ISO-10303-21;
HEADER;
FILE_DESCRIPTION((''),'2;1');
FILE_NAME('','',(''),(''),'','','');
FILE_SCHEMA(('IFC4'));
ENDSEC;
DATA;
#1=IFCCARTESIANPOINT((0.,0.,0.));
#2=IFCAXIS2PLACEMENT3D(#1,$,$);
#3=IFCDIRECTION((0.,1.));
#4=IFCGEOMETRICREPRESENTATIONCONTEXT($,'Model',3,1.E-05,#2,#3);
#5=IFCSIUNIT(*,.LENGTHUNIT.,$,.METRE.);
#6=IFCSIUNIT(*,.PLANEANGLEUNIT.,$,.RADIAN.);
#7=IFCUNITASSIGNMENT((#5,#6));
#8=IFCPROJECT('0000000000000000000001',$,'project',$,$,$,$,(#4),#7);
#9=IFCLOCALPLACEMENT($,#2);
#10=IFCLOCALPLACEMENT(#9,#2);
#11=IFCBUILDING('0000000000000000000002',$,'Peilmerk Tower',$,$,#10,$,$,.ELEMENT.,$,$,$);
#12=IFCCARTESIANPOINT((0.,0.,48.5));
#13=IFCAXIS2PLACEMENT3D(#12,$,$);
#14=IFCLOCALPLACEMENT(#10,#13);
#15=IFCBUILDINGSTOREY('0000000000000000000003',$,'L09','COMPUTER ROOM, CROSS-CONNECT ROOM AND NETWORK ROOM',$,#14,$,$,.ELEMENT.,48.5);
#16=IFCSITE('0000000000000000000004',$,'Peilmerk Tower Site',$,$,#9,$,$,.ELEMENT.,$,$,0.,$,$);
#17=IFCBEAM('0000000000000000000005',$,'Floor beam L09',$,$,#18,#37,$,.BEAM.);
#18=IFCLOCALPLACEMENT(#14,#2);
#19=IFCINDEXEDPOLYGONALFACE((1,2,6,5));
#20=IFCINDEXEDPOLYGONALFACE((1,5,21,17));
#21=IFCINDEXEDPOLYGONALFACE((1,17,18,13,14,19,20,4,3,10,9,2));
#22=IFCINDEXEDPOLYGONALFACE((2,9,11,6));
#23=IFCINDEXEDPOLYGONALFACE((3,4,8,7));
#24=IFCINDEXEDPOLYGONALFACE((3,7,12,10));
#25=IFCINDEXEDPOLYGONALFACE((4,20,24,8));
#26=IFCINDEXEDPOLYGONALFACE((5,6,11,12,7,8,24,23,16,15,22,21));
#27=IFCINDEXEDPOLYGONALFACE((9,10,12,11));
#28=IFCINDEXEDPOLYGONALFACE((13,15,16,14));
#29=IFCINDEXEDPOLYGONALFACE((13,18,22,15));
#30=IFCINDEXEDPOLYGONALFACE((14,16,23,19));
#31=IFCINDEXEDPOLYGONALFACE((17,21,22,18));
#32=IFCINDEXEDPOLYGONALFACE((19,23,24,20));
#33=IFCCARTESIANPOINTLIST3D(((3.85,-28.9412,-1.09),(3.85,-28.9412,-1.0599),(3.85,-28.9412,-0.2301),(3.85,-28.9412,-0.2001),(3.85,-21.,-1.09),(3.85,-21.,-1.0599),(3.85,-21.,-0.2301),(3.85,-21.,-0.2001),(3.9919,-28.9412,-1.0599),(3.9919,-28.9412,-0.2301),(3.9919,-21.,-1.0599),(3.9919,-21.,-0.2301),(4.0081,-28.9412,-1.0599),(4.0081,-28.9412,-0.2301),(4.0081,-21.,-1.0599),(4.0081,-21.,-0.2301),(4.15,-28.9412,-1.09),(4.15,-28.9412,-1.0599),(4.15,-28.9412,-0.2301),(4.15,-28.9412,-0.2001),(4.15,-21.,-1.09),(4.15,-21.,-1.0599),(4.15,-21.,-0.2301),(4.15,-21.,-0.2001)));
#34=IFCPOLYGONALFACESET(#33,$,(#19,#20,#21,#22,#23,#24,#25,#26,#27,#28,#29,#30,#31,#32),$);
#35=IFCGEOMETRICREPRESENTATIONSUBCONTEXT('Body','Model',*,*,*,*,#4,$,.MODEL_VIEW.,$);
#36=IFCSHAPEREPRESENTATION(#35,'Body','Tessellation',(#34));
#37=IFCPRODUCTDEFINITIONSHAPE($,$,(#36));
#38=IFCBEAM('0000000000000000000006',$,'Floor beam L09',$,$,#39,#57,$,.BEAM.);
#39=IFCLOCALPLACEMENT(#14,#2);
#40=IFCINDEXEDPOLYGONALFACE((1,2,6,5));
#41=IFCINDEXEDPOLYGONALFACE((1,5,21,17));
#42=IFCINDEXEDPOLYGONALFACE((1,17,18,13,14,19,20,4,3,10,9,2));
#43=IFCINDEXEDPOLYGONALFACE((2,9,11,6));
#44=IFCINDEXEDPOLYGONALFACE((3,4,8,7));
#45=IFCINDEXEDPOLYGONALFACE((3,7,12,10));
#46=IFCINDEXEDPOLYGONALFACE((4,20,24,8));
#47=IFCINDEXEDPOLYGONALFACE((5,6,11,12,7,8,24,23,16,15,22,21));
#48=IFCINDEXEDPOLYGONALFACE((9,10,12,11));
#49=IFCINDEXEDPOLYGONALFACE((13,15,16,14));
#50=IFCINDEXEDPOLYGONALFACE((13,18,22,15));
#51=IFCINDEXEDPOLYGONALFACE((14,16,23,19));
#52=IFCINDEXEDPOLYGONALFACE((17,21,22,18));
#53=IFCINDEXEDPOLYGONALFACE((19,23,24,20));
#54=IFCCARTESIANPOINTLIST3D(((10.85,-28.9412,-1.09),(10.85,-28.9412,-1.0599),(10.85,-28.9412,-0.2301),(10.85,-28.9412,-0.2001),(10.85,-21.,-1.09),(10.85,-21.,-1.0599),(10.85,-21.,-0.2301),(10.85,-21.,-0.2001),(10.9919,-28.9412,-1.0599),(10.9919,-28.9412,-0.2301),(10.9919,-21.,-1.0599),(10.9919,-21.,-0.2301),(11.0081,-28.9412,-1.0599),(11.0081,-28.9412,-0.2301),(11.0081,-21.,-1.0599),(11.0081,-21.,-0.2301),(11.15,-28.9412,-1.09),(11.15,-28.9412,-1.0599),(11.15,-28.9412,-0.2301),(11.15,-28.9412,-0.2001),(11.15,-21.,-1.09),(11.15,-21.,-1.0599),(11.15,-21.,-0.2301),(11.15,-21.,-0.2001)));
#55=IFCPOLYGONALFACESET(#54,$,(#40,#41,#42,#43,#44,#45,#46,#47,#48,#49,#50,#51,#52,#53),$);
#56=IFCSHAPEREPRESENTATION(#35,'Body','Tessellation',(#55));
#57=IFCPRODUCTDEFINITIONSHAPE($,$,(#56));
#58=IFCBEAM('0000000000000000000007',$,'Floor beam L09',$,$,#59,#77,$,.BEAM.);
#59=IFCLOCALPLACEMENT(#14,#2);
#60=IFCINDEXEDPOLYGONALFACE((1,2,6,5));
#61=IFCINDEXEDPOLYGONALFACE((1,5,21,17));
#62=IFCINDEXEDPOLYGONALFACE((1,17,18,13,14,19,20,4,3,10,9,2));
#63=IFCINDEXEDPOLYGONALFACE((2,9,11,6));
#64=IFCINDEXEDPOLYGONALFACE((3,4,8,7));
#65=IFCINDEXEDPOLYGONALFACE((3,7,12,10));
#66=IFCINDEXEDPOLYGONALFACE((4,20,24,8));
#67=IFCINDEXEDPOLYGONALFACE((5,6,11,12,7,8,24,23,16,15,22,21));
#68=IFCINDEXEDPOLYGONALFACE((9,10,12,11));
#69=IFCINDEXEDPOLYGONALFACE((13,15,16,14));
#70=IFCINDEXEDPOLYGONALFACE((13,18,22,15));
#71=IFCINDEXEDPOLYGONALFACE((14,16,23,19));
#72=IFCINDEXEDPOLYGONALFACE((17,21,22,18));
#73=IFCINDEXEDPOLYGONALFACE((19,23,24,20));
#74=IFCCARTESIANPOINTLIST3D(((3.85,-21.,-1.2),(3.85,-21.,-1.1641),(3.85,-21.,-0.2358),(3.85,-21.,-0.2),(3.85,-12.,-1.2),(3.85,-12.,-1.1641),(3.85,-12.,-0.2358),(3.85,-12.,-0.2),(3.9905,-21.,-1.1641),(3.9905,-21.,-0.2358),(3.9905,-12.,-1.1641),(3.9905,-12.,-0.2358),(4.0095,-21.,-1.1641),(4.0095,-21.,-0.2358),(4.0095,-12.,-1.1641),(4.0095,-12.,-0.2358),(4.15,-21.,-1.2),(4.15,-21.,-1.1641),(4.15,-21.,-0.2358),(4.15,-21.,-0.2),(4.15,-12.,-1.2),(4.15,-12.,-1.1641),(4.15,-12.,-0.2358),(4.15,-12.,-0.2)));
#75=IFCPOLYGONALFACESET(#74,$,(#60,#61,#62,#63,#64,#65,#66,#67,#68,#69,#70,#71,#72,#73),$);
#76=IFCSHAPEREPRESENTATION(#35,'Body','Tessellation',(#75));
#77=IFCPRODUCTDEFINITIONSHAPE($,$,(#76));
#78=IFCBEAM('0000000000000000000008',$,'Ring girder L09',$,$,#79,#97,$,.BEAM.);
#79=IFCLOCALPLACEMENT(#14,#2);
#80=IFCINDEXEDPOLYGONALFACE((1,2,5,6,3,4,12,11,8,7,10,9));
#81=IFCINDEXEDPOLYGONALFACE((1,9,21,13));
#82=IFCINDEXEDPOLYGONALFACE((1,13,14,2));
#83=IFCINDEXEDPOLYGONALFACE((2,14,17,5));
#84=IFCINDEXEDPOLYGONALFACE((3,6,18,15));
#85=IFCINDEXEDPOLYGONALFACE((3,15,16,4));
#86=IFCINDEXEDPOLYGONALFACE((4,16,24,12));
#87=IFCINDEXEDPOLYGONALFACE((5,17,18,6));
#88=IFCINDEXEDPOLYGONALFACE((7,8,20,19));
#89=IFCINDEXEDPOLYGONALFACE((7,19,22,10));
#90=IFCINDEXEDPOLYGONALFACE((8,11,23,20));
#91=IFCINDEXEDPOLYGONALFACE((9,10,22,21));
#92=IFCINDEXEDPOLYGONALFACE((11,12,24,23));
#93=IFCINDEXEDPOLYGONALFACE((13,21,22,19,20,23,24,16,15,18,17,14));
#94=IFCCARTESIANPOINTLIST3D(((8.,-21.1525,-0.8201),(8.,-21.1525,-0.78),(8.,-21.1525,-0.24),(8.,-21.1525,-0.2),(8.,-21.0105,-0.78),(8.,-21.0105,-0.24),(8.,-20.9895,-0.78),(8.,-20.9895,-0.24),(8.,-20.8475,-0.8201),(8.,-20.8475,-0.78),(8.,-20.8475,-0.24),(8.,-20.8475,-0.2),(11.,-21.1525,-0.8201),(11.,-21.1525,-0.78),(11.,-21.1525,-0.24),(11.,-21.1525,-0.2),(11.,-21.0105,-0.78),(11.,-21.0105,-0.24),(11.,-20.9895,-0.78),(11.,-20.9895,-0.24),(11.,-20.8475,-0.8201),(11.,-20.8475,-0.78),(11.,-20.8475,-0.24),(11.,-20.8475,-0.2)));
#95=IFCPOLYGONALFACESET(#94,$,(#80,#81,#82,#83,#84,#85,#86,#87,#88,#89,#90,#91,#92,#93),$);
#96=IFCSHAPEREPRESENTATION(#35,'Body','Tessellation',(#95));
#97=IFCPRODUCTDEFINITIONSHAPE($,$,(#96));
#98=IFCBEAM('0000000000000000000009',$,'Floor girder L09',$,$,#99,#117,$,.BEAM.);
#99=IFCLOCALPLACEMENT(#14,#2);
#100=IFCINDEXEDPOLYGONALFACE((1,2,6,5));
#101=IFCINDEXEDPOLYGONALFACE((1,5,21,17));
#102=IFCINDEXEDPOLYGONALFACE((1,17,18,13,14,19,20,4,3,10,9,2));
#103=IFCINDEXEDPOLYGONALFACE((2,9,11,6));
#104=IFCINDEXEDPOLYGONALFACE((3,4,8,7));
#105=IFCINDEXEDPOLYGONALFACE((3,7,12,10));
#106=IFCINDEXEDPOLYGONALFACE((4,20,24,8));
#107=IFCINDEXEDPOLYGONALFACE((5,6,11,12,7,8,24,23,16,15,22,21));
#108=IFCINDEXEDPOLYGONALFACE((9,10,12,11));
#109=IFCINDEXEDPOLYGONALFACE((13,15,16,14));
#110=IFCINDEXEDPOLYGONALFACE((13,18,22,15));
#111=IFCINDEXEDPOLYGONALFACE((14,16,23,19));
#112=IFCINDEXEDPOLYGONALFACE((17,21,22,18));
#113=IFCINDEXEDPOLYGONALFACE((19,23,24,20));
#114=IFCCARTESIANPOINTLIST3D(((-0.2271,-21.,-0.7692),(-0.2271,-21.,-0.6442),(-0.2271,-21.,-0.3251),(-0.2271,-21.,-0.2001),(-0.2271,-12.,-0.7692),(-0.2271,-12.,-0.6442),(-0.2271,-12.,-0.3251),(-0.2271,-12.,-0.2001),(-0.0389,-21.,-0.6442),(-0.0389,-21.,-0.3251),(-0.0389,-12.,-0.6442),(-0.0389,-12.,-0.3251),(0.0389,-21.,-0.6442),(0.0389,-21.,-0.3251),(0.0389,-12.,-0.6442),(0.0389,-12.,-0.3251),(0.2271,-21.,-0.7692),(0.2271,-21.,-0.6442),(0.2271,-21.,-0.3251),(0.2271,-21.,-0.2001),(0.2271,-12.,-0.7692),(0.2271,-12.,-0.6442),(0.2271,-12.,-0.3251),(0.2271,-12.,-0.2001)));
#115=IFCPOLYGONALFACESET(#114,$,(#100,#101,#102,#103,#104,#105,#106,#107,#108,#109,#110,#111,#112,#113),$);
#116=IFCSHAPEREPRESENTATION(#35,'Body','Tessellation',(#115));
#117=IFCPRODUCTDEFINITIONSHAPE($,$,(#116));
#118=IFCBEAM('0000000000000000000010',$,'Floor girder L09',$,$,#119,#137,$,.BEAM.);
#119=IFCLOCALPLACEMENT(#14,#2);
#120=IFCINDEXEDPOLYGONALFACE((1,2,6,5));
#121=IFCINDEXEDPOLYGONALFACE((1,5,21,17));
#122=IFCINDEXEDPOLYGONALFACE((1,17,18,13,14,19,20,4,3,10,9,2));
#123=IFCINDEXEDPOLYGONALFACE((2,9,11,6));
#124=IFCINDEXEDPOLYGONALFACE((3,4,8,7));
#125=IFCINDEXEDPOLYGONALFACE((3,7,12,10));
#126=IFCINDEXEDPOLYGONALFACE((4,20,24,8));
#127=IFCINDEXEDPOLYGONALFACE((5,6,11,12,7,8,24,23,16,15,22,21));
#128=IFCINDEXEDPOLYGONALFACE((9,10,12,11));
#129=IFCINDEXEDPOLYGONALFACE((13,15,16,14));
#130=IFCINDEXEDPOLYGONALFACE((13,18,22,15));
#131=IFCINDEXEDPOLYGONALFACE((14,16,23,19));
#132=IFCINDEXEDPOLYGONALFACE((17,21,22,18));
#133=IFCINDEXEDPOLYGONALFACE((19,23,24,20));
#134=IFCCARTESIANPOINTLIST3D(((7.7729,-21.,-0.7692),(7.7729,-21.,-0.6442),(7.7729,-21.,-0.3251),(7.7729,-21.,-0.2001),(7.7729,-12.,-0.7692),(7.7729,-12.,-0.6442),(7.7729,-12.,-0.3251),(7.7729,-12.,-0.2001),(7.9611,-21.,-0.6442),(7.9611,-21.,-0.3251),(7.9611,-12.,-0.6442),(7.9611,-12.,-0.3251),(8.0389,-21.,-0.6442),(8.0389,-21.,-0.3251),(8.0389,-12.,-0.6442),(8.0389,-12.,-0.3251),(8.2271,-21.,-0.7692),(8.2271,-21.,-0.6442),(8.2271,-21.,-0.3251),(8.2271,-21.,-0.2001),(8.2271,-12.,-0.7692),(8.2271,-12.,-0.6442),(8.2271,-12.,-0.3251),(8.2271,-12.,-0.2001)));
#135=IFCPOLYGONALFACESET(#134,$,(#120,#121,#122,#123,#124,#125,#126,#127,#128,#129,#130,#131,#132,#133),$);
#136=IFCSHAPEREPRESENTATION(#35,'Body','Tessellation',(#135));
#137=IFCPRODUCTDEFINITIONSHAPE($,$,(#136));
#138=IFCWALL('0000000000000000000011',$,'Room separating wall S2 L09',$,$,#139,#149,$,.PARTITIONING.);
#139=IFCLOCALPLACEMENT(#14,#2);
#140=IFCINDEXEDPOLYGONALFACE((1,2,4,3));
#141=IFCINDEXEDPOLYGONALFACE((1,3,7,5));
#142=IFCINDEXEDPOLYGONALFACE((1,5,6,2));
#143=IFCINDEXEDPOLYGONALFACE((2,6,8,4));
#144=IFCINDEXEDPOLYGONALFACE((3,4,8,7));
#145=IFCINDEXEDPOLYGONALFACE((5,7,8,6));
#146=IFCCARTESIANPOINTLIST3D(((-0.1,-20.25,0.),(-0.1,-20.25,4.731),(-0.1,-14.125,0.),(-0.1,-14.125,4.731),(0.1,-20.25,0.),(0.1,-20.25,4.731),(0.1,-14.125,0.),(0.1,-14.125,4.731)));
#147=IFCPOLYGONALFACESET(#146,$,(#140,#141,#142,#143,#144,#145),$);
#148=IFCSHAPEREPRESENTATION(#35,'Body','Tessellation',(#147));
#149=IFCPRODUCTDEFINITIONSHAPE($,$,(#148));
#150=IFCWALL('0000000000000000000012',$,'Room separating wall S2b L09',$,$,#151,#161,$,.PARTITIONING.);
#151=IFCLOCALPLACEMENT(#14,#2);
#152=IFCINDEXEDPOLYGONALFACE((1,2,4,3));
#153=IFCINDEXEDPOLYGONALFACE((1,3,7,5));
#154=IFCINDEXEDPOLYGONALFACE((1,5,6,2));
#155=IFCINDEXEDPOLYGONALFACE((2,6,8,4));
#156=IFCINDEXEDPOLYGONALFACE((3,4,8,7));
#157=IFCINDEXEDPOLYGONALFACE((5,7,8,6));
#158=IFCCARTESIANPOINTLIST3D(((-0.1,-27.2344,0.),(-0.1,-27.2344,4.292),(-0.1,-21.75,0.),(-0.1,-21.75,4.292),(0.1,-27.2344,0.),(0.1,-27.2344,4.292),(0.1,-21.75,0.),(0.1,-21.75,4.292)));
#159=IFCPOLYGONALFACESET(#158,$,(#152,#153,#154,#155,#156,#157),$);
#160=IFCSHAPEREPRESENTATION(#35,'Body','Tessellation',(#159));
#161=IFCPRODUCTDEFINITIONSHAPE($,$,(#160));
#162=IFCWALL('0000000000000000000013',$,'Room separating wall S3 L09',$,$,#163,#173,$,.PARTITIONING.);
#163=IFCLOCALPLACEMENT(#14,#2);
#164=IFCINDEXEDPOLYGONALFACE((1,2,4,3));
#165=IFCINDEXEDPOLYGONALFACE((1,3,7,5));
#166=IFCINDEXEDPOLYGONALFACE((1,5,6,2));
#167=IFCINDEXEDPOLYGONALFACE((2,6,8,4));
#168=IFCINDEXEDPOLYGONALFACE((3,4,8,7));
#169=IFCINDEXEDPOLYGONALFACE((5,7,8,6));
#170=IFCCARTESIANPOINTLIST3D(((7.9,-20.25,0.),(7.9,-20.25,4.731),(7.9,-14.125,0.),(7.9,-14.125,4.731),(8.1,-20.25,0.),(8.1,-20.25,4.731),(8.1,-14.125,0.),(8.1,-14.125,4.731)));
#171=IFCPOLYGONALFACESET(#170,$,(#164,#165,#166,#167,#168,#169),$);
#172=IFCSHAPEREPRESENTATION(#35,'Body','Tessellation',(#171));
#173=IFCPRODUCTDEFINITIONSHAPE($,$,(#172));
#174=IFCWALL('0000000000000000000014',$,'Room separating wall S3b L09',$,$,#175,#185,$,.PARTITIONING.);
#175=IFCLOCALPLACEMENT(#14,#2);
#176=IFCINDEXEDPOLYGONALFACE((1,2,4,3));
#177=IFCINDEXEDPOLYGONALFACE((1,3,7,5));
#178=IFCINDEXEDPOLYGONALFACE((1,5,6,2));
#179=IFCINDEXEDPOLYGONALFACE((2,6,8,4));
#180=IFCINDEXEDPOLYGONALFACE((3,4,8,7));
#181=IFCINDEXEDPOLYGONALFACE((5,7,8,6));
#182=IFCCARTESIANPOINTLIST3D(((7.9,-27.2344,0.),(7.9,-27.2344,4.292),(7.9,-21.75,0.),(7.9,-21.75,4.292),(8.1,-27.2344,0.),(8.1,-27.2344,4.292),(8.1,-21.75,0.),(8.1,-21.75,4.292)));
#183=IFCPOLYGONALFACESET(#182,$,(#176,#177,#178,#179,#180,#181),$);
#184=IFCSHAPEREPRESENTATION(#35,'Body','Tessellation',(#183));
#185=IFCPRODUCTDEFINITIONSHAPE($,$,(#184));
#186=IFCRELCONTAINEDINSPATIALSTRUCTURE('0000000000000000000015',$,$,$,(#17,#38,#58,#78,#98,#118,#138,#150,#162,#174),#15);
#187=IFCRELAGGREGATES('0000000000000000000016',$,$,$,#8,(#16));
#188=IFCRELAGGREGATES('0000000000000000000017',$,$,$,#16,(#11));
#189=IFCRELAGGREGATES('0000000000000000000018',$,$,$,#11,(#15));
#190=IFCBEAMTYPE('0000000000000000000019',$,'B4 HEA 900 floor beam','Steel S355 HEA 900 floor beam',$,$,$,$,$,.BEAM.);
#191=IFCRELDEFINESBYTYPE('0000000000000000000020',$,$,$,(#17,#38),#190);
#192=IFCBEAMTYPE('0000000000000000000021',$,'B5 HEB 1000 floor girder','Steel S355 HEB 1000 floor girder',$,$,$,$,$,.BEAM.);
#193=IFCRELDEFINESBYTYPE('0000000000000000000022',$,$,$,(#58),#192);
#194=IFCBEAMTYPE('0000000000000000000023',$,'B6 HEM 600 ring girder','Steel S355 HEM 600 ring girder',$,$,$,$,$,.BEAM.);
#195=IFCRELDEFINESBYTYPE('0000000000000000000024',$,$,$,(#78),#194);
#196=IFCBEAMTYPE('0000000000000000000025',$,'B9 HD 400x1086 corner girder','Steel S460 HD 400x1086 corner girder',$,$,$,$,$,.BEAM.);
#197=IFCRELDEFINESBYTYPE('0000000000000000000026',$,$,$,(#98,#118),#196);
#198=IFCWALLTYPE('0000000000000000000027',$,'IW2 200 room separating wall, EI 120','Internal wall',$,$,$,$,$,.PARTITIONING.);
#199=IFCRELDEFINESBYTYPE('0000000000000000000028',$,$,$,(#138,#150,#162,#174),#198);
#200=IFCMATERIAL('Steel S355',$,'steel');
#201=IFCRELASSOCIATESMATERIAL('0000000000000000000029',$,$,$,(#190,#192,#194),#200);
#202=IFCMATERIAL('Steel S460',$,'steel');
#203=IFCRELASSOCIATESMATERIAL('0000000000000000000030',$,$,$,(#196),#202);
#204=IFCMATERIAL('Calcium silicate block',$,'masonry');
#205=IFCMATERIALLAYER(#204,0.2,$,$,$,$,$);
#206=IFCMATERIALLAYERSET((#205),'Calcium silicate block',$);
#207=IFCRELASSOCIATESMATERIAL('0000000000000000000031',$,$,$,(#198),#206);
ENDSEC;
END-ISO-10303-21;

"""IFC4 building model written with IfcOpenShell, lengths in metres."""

from ifc_helpers import new_model, si_unit, direction, frame, frame_2d, origin, origin_2d, place, context, subcontext, project, spatial, rectangle, i_section, extrude, material, layer, layer_set, material_profile, profile_set, type_object, element, save


model = new_model("IFC4")

# Units and contexts
model_context = context("Model", 3, precision=1e-05, world=origin(), true_north=direction((0.0, 1.0)))
body_context = subcontext(model_context, "Body", "Model", "MODEL_VIEW")
ifc_project = project(units=[si_unit("LENGTHUNIT", "METRE"), si_unit("PLANEANGLEUNIT", "RADIAN")], contexts=[model_context])

# Site, building, storey
site_placement = place(None, origin())
site = spatial("IfcSite", under=ifc_project, at=site_placement, Name="Peilmerk Tower Site", CompositionType="ELEMENT", RefElevation=0.0)
building_placement = place(site_placement, origin())
building = spatial("IfcBuilding", under=site, at=building_placement, Name="Peilmerk Tower", CompositionType="ELEMENT")
storey_placement = place(building_placement, frame((0.0, 0.0, 48.5)))
storey = spatial("IfcBuildingStorey", under=building, at=storey_placement, Name="L09", Description="COMPUTER ROOM, CROSS-CONNECT ROOM AND NETWORK ROOM", CompositionType="ELEMENT", Elevation=48.5)

# Beams
ifc_material_1 = material(Name="Steel S355", Category="steel")
ifc_material_profile_1 = material_profile(ifc_material_1, i_section(OverallWidth=0.3, OverallDepth=0.8899, WebThickness=0.0161, FlangeThickness=0.03, at=origin_2d()), Name="HEA 900")
ifc_profile_set_1 = profile_set([ifc_material_profile_1], Name="Steel S355")
beam_type_1 = type_object("IfcBeamType", Name="B4 HEA 900 floor beam", Description="Steel S355 HEA 900 floor beam", PredefinedType="BEAM", material=ifc_profile_set_1)
for number, where, z_axis, x_axis, name in (
    (1, (4.0, -21.0, -0.645), (0.0, -1.0, 0.0), (1.0, 0.0, 0.0), "Floor beam L09"),
    (2, (11.0, -21.0, -0.645), (0.0, -1.0, 0.0), (1.0, 0.0, 0.0), "Floor beam L09"),
):
    element("IfcBeam", number, at=place(storey_placement, frame(where, z_axis=z_axis, x_axis=x_axis)), inside=storey, type_object=beam_type_1, Name=name, PredefinedType="BEAM", context=body_context, shape_type="SweptSolid", body=[
        extrude(i_section(OverallWidth=0.3, OverallDepth=0.8899, WebThickness=0.0161, FlangeThickness=0.03, at=origin_2d()), origin(), (0.0, 0.0, 1.0), 7.9412),
    ])
ifc_material_profile_2 = material_profile(ifc_material_1, i_section(OverallWidth=0.3, OverallDepth=1.0, WebThickness=0.019, FlangeThickness=0.0359, at=origin_2d()), Name="HEB 1000")
ifc_profile_set_2 = profile_set([ifc_material_profile_2], Name="Steel S355")
beam_type_2 = type_object("IfcBeamType", Name="B5 HEB 1000 floor girder", Description="Steel S355 HEB 1000 floor girder", PredefinedType="BEAM", material=ifc_profile_set_2)
beam_1_placement = place(storey_placement, frame((4.0, -12.0, -0.7), z_axis=(0.0, -1.0, 0.0), x_axis=(1.0, 0.0, 0.0)))
element("IfcBeam", 3, at=beam_1_placement, inside=storey, type_object=beam_type_2, Name="Floor beam L09", PredefinedType="BEAM", context=body_context, shape_type="SweptSolid", body=[
    extrude(i_section(OverallWidth=0.3, OverallDepth=1.0, WebThickness=0.019, FlangeThickness=0.0359, at=origin_2d()), origin(), (0.0, 0.0, 1.0), 9.0),
])
ifc_material_profile_3 = material_profile(ifc_material_1, i_section(OverallWidth=0.3049, OverallDepth=0.6201, WebThickness=0.021, FlangeThickness=0.04, at=origin_2d()), Name="HEM 600")
ifc_profile_set_3 = profile_set([ifc_material_profile_3], Name="Steel S355")
beam_type_3 = type_object("IfcBeamType", Name="B6 HEM 600 ring girder", Description="Steel S355 HEM 600 ring girder", PredefinedType="BEAM", material=ifc_profile_set_3)
beam_2_placement = place(storey_placement, frame((8.0, -21.0, -0.51), z_axis=(1.0, 0.0, 0.0), x_axis=(0.0, 1.0, 0.0)))
element("IfcBeam", 4, at=beam_2_placement, inside=storey, type_object=beam_type_3, Name="Ring girder L09", PredefinedType="BEAM", context=body_context, shape_type="SweptSolid", body=[
    extrude(i_section(OverallWidth=0.3049, OverallDepth=0.6201, WebThickness=0.021, FlangeThickness=0.04, at=origin_2d()), origin(), (0.0, 0.0, 1.0), 3.0),
])
ifc_material_2 = material(Name="Steel S460", Category="steel")
ifc_material_profile_4 = material_profile(ifc_material_2, i_section(OverallWidth=0.4541, OverallDepth=0.5691, WebThickness=0.0779, FlangeThickness=0.125, at=origin_2d()), Name="HD 400x1086")
ifc_profile_set_4 = profile_set([ifc_material_profile_4], Name="Steel S460")
beam_type_4 = type_object("IfcBeamType", Name="B9 HD 400x1086 corner girder", Description="Steel S460 HD 400x1086 corner girder", PredefinedType="BEAM", material=ifc_profile_set_4)
for number, where, z_axis, x_axis, name in (
    (5, (0.0, -12.0, -0.4846), (0.0, -1.0, 0.0), (1.0, 0.0, 0.0), "Floor girder L09"),
    (6, (8.0, -12.0, -0.4846), (0.0, -1.0, 0.0), (1.0, 0.0, 0.0), "Floor girder L09"),
):
    element("IfcBeam", number, at=place(storey_placement, frame(where, z_axis=z_axis, x_axis=x_axis)), inside=storey, type_object=beam_type_4, Name=name, PredefinedType="BEAM", context=body_context, shape_type="SweptSolid", body=[
        extrude(i_section(OverallWidth=0.4541, OverallDepth=0.5691, WebThickness=0.0779, FlangeThickness=0.125, at=origin_2d()), origin(), (0.0, 0.0, 1.0), 9.0),
    ])

# Walls
ifc_material_3 = material(Name="Calcium silicate block", Category="masonry")
ifc_layer_1 = layer(ifc_material_3, 0.2)
ifc_layer_set_1 = layer_set([ifc_layer_1], Name="Calcium silicate block")
wall_type_1 = type_object("IfcWallType", Name="IW2 200 room separating wall, EI 120", Description="Internal wall", PredefinedType="PARTITIONING", material=ifc_layer_set_1)
wall_1_placement = place(storey_placement, frame((0.0, -14.125, 0.0), z_axis=(0.0, 0.0, 1.0), x_axis=(0.0, -1.0, 0.0)))
element("IfcWall", 7, at=wall_1_placement, inside=storey, type_object=wall_type_1, Name="Room separating wall S2 L09", PredefinedType="PARTITIONING", context=body_context, shape_type="SweptSolid", body=[
    extrude(rectangle(XDim=6.125, YDim=0.2, at=frame_2d((3.0625, 0.0))), origin(), (0.0, 0.0, 1.0), 4.731),
])
wall_2_placement = place(storey_placement, frame((0.0, -21.75, 0.0), z_axis=(0.0, 0.0, 1.0), x_axis=(0.0, -1.0, 0.0)))
element("IfcWall", 8, at=wall_2_placement, inside=storey, type_object=wall_type_1, Name="Room separating wall S2b L09", PredefinedType="PARTITIONING", context=body_context, shape_type="SweptSolid", body=[
    extrude(rectangle(XDim=5.4844, YDim=0.2, at=frame_2d((2.7422, 0.0))), origin(), (0.0, 0.0, 1.0), 4.292),
])
wall_3_placement = place(storey_placement, frame((8.0, -14.125, 0.0), z_axis=(0.0, 0.0, 1.0), x_axis=(0.0, -1.0, 0.0)))
element("IfcWall", 9, at=wall_3_placement, inside=storey, type_object=wall_type_1, Name="Room separating wall S3 L09", PredefinedType="PARTITIONING", context=body_context, shape_type="SweptSolid", body=[
    extrude(rectangle(XDim=6.125, YDim=0.2, at=frame_2d((3.0625, 0.0))), origin(), (0.0, 0.0, 1.0), 4.731),
])
wall_4_placement = place(storey_placement, frame((8.0, -21.75, 0.0), z_axis=(0.0, 0.0, 1.0), x_axis=(0.0, -1.0, 0.0)))
element("IfcWall", 10, at=wall_4_placement, inside=storey, type_object=wall_type_1, Name="Room separating wall S3b L09", PredefinedType="PARTITIONING", context=body_context, shape_type="SweptSolid", body=[
    extrude(rectangle(XDim=5.4844, YDim=0.2, at=frame_2d((2.7422, 0.0))), origin(), (0.0, 0.0, 1.0), 4.292),
])

save(model, "model.ifc")
